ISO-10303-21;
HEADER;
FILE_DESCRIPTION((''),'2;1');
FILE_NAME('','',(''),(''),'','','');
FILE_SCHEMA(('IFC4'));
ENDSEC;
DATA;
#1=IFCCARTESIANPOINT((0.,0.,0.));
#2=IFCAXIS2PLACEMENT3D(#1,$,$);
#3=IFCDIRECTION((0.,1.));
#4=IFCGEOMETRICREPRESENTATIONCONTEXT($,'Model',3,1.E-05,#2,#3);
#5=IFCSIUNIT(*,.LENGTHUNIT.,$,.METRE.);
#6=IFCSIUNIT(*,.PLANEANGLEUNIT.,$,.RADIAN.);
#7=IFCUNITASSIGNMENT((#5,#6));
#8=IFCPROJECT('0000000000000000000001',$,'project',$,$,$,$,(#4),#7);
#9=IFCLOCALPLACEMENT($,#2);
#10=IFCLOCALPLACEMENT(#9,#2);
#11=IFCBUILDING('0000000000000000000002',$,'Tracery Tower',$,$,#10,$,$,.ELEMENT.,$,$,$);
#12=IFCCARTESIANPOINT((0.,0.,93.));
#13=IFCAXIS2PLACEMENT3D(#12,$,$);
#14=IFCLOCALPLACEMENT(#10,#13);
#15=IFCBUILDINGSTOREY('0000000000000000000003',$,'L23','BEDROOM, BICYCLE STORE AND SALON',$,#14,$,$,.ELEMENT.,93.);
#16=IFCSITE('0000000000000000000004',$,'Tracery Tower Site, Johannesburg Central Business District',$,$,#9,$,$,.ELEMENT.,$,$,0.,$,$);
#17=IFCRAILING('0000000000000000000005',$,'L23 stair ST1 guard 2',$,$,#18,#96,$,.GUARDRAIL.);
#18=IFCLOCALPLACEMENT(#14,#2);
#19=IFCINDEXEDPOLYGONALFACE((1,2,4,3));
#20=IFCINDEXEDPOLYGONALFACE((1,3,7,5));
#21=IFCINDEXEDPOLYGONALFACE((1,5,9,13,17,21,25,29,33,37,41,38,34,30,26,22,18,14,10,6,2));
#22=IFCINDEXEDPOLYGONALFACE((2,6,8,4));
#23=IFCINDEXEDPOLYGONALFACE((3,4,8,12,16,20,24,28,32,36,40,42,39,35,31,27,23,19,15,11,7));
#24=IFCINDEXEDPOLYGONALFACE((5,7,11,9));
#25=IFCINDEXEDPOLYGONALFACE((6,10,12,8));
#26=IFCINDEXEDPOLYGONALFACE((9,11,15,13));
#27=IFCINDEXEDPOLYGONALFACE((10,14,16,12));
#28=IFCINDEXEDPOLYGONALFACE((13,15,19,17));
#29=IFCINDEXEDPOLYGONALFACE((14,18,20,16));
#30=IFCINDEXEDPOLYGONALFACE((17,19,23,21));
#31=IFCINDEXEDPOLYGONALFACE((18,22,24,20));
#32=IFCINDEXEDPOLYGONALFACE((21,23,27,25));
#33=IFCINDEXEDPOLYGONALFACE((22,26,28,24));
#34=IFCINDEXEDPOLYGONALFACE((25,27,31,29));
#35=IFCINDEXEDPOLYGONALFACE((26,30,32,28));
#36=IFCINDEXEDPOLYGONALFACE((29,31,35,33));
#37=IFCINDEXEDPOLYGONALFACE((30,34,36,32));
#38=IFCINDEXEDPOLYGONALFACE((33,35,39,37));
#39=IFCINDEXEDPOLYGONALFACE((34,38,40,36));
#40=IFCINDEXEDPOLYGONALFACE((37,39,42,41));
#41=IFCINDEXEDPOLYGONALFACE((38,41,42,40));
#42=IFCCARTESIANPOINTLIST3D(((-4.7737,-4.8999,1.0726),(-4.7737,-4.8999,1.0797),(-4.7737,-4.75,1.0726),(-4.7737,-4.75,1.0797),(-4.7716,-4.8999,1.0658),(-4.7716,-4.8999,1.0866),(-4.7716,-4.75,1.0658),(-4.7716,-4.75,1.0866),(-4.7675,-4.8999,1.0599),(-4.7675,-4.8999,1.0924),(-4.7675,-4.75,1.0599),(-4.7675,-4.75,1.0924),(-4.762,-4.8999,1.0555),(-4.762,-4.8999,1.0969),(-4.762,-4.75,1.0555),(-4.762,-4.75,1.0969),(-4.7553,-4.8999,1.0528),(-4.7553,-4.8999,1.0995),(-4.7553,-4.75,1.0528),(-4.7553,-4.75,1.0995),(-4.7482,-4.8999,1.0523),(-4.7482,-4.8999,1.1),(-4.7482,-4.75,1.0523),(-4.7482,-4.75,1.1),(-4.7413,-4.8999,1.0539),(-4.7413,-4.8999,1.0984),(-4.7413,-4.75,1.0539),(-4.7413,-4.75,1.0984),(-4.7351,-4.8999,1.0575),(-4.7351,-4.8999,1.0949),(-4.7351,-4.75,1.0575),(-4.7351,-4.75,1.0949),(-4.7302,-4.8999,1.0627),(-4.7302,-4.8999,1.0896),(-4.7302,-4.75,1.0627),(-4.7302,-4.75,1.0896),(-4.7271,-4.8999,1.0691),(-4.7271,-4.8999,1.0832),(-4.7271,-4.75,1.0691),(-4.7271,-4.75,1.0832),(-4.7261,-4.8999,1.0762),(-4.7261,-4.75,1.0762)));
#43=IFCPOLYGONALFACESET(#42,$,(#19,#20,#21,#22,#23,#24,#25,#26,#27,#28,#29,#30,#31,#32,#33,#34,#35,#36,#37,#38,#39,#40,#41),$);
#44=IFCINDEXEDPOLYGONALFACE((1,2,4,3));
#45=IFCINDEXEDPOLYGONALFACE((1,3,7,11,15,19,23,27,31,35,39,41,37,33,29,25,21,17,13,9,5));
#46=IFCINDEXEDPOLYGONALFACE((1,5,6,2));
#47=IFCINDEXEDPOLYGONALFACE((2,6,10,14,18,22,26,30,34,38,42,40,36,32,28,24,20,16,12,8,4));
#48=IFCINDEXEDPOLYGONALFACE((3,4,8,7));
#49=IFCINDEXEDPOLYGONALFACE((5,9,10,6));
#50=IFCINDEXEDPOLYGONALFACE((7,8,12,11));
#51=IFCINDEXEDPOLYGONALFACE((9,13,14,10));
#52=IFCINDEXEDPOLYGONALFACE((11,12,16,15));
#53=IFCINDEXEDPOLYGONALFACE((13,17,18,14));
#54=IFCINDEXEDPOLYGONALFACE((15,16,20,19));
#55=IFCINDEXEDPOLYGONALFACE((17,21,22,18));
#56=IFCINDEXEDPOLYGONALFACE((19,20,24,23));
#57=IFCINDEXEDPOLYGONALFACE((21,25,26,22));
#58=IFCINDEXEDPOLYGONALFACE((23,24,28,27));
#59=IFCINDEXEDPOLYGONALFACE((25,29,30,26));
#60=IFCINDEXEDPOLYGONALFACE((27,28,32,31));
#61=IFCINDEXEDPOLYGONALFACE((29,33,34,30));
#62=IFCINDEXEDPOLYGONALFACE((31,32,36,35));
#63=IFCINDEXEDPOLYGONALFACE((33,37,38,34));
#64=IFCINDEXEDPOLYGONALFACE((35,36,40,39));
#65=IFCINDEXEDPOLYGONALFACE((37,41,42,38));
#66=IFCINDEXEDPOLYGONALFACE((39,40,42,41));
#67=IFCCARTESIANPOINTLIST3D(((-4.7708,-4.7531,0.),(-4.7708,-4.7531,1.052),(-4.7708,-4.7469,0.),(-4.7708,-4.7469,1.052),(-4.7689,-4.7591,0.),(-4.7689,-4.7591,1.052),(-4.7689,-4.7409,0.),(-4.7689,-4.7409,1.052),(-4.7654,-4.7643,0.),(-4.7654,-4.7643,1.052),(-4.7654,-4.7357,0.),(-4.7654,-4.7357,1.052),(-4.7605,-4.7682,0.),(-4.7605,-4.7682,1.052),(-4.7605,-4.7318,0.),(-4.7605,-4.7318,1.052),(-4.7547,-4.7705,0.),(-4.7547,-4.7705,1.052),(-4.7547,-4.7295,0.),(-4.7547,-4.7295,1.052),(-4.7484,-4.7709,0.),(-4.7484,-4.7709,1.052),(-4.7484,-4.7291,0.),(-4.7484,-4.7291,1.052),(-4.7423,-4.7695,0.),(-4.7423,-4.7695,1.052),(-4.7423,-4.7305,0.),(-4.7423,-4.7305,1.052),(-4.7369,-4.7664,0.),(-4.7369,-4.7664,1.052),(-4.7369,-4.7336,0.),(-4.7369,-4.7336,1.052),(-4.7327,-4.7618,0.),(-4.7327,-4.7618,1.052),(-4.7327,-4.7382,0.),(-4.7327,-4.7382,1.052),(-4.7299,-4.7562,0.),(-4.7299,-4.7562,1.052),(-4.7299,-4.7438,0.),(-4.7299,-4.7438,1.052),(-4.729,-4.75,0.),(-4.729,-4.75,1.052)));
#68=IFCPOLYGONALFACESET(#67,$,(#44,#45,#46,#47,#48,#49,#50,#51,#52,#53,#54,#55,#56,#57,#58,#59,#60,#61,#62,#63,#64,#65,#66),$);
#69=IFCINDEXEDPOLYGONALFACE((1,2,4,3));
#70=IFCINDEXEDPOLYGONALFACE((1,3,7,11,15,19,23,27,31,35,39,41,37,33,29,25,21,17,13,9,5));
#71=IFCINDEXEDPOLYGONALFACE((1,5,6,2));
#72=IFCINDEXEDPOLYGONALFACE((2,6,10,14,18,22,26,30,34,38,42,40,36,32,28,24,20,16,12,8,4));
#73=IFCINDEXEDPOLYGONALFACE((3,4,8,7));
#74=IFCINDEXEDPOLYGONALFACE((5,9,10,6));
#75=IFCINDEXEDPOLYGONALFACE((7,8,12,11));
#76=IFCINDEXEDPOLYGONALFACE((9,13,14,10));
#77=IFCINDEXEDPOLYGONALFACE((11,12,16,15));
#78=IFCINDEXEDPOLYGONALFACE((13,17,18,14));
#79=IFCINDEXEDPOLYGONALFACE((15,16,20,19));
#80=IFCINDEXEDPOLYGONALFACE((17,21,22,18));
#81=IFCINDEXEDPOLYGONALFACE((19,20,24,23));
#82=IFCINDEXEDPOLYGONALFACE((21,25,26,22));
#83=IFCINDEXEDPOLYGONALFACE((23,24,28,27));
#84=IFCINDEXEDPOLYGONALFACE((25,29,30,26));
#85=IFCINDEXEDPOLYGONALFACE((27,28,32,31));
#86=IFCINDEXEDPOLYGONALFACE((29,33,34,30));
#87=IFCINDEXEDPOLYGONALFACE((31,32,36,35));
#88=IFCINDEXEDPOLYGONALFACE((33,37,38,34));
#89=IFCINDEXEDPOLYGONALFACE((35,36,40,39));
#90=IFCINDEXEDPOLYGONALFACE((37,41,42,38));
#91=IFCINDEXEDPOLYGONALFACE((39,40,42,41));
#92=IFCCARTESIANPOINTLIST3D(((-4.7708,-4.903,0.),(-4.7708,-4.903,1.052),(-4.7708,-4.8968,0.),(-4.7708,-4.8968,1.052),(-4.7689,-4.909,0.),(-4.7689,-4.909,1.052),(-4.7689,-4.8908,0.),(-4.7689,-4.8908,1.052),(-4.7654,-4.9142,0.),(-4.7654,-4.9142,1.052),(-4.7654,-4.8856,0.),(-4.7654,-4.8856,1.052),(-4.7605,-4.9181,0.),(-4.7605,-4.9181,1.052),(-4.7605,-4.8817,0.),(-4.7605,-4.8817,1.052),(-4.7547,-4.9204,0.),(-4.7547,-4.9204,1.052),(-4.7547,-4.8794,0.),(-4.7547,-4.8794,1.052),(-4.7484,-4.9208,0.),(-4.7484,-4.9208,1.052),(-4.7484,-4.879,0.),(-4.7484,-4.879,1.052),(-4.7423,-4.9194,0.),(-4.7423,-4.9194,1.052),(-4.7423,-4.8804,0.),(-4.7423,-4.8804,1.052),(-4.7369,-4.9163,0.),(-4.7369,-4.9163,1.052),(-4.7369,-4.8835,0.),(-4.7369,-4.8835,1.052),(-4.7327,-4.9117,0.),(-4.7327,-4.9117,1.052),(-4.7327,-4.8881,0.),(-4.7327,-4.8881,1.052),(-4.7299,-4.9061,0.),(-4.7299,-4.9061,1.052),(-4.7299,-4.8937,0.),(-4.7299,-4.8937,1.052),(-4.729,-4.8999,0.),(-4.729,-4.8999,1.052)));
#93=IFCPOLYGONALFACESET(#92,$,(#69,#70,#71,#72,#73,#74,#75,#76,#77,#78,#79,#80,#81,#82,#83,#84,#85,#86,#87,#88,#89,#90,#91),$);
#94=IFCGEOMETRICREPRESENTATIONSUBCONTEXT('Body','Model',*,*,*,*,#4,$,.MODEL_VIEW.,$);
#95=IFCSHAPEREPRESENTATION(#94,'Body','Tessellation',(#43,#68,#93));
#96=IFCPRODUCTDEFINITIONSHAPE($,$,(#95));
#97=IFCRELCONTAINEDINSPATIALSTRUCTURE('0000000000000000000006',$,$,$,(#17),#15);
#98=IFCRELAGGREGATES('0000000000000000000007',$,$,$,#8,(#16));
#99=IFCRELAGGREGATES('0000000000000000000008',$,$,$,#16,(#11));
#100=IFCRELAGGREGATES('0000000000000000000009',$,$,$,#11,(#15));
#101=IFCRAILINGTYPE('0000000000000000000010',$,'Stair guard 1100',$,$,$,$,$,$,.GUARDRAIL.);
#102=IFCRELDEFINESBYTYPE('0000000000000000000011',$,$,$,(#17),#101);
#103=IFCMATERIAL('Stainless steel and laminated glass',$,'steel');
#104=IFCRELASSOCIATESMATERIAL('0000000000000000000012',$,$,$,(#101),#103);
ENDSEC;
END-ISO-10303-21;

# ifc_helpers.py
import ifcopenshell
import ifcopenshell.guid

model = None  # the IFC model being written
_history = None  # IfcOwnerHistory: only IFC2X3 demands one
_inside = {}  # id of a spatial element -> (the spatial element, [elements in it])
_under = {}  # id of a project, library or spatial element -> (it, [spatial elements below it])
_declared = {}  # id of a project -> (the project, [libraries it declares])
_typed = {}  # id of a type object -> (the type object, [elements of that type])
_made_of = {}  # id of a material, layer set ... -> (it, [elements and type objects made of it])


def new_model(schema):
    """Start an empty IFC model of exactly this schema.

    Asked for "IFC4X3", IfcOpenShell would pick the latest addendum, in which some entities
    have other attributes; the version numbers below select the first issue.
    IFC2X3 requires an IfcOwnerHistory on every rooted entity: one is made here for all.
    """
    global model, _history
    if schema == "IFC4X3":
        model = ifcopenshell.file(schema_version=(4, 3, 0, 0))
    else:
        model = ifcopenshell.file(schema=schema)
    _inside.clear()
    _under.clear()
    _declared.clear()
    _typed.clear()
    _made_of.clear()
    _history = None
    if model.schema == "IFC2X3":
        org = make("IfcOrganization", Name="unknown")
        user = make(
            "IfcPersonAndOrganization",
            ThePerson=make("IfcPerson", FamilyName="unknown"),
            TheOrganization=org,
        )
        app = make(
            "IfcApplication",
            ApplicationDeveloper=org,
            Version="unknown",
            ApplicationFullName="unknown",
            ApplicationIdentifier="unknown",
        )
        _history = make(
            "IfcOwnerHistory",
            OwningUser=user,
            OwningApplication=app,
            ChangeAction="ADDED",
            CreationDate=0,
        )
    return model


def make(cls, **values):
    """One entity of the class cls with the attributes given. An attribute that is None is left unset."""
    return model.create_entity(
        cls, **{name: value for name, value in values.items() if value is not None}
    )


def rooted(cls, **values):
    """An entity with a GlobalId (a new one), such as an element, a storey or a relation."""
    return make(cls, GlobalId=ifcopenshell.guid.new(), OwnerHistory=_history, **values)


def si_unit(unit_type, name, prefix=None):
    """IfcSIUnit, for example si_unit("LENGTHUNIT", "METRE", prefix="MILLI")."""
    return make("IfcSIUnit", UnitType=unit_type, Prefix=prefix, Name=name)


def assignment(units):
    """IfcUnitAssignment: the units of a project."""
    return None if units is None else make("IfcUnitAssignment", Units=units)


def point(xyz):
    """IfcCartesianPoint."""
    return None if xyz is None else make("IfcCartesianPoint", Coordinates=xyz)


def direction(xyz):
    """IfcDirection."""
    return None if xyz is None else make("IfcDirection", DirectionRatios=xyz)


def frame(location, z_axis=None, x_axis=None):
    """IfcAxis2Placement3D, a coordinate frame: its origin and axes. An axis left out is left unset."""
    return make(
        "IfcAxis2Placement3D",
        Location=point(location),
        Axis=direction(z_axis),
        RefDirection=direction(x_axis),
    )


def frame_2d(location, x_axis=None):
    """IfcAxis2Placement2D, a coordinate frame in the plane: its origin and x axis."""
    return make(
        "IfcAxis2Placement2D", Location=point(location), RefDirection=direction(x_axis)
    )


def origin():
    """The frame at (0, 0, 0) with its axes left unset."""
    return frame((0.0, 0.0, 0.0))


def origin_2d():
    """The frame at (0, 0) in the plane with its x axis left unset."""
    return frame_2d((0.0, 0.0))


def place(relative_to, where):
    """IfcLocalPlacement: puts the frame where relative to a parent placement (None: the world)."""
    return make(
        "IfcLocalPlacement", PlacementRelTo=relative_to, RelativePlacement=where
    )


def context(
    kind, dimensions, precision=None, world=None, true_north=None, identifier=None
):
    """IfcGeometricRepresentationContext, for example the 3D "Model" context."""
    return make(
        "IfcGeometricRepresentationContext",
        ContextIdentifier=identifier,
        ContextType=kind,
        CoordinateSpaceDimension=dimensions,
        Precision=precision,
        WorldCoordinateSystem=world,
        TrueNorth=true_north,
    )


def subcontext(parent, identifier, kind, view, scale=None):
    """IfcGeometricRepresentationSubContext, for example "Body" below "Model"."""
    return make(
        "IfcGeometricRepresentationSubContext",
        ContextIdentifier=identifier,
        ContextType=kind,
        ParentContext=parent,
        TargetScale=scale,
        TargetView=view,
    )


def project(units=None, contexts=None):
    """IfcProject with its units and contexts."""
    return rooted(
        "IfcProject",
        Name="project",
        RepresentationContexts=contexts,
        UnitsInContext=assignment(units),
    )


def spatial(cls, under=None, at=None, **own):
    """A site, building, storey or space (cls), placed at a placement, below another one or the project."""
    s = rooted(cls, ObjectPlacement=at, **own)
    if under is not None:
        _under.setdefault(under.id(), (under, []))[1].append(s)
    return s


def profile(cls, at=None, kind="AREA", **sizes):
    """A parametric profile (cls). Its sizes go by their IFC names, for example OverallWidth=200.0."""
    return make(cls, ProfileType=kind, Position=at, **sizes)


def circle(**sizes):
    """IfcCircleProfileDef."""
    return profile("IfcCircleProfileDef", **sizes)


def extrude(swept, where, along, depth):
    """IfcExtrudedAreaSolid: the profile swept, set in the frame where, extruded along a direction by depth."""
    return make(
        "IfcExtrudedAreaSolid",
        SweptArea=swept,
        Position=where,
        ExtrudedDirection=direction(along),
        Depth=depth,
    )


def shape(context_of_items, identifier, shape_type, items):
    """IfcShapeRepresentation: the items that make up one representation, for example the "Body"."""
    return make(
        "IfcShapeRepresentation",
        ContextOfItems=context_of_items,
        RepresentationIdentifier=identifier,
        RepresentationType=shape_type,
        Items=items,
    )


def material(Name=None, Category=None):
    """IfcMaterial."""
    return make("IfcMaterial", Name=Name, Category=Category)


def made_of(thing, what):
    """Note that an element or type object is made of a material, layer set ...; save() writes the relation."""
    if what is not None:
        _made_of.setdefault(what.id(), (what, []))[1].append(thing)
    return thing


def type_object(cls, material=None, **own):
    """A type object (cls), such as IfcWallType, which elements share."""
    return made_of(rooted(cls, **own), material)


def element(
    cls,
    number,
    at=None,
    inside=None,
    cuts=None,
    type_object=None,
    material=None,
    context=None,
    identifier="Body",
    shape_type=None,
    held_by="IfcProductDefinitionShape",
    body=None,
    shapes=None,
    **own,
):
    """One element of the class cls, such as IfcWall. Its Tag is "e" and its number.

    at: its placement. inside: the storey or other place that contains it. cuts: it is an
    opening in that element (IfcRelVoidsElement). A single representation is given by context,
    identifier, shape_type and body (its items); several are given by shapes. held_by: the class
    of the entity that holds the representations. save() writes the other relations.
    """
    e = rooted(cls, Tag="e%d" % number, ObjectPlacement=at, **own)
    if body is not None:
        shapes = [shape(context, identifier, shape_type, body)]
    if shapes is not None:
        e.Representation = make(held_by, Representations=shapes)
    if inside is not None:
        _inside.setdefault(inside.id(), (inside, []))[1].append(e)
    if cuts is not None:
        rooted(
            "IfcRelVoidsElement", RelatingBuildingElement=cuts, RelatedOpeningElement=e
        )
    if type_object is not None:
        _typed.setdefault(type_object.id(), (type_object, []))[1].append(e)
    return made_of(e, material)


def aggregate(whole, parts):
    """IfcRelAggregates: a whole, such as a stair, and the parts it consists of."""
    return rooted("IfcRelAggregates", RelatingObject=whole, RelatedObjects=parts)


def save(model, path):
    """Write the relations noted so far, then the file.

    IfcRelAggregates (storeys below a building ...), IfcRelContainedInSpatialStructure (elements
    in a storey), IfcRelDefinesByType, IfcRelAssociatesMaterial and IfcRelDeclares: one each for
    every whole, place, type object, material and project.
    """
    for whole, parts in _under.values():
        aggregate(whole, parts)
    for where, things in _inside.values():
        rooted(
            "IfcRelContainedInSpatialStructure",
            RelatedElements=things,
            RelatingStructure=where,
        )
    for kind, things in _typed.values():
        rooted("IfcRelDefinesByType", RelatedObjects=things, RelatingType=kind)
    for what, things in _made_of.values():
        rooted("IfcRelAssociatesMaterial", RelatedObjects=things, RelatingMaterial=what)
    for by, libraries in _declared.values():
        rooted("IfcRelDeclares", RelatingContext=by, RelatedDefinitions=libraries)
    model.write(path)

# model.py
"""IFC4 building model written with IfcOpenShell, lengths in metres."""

from ifc_helpers import new_model, si_unit, direction, frame, origin, origin_2d, place, context, subcontext, project, spatial, circle, extrude, material, type_object, element, save


model = new_model("IFC4")

# Units and contexts
model_context = context("Model", 3, precision=1e-05, world=origin(), true_north=direction((0.0, 1.0)))
body_context = subcontext(model_context, "Body", "Model", "MODEL_VIEW")
ifc_project = project(units=[si_unit("LENGTHUNIT", "METRE"), si_unit("PLANEANGLEUNIT", "RADIAN")], contexts=[model_context])

# Site, building, storey
site_placement = place(None, origin())
site = spatial("IfcSite", under=ifc_project, at=site_placement, Name="Tracery Tower Site, Johannesburg Central Business District", CompositionType="ELEMENT", RefElevation=0.0)
building_placement = place(site_placement, origin())
building = spatial("IfcBuilding", under=site, at=building_placement, Name="Tracery Tower", CompositionType="ELEMENT")
storey_placement = place(building_placement, frame((0.0, 0.0, 93.0)))
storey = spatial("IfcBuildingStorey", under=building, at=storey_placement, Name="L23", Description="BEDROOM, BICYCLE STORE AND SALON", CompositionType="ELEMENT", Elevation=93.0)

# Railing
ifc_material_1 = material(Name="Stainless steel and laminated glass", Category="steel")
railing_type_1 = type_object("IfcRailingType", Name="Stair guard 1100", PredefinedType="GUARDRAIL", material=ifc_material_1)
railing_1_placement = place(storey_placement, frame((-4.75, -4.75, 0.0)))
element("IfcRailing", 1, at=railing_1_placement, inside=storey, type_object=railing_type_1, Name="L23 stair ST1 guard 2", PredefinedType="GUARDRAIL", context=body_context, shape_type="SweptSolid", body=[
    extrude(circle(Radius=0.0239, at=origin_2d()), frame((0.0, 0.0, 1.0762), z_axis=(0.0, -1.0, 0.0), x_axis=(1.0, 0.0, 0.0)), (0.0, 0.0, 1.0), 0.1499),
    extrude(circle(Radius=0.021, at=origin_2d()), origin(), (0.0, 0.0, 1.0), 1.052),
    extrude(circle(Radius=0.021, at=origin_2d()), frame((0.0, -0.1499, 0.0)), (0.0, 0.0, 1.0), 1.052),
])

save(model, "model.ifc")
